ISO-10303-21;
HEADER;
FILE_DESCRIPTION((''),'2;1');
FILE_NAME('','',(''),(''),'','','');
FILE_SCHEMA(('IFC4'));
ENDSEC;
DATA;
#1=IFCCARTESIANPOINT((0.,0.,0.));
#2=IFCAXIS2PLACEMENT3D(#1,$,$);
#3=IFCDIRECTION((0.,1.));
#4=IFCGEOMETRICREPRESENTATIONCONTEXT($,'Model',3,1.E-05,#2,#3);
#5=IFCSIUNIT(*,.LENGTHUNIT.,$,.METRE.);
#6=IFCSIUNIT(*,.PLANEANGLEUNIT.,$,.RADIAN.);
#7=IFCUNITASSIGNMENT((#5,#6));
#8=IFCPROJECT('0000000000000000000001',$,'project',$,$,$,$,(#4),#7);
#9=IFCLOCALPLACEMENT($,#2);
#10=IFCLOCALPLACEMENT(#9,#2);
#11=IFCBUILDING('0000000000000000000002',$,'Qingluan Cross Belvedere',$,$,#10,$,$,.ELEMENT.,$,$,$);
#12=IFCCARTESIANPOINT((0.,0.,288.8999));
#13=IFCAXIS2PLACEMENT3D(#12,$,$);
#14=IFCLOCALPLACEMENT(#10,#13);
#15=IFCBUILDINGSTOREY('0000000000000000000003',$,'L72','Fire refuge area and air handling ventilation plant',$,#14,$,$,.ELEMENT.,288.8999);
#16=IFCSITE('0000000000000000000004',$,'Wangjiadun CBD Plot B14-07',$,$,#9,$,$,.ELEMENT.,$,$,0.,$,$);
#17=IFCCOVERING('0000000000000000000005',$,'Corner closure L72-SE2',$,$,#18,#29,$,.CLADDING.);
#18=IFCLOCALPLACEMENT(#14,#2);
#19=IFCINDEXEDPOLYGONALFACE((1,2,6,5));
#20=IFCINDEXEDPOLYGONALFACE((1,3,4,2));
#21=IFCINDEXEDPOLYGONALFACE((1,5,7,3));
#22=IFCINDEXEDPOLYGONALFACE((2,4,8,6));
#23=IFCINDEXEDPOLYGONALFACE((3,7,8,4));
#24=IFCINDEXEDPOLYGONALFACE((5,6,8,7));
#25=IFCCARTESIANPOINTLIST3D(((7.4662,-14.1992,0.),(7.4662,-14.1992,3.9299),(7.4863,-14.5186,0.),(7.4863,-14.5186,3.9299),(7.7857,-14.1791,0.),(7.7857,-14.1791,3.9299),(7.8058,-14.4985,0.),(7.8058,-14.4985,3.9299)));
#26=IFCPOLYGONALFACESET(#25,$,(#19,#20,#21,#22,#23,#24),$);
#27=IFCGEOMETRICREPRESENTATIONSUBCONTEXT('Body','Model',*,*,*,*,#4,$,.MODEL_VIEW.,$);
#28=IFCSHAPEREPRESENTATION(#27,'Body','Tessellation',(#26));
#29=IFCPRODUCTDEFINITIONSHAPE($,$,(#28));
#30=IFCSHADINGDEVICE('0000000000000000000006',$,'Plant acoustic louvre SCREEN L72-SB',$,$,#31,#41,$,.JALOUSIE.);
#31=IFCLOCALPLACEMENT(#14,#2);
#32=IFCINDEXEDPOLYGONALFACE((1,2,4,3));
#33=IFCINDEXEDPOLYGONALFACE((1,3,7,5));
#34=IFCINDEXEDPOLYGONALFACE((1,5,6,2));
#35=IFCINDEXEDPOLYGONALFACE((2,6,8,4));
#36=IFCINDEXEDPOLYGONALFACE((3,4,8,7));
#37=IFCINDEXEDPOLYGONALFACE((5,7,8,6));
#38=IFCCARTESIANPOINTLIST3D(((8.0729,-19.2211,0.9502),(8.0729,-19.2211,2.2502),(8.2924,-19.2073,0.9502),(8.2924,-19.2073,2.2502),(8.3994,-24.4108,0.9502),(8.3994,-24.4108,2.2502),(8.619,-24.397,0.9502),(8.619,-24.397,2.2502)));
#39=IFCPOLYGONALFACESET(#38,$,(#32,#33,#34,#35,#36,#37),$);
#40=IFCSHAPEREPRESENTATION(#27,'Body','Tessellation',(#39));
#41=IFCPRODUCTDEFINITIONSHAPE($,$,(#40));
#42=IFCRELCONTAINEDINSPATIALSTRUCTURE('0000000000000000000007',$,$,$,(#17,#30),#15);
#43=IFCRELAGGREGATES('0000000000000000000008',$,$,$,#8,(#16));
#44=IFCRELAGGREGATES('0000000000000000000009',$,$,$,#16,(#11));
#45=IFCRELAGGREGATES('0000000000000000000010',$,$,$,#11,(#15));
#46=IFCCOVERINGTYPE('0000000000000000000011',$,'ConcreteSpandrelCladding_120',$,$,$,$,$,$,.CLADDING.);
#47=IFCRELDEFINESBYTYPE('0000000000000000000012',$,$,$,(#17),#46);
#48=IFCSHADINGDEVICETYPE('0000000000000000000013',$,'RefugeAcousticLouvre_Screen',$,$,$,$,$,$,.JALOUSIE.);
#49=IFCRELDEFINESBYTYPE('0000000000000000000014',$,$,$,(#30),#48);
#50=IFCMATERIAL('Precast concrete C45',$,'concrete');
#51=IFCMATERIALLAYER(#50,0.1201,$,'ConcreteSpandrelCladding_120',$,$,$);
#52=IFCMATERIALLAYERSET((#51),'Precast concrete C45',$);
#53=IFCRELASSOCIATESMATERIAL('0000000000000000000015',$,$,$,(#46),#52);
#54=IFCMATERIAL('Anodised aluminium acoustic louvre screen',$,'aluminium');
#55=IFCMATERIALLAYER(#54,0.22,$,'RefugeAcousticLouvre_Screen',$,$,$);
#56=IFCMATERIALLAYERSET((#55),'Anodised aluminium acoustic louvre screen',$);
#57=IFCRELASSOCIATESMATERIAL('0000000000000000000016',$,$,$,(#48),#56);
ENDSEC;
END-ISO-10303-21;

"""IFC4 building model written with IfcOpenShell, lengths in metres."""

from ifc_helpers import new_model, si_unit, direction, frame, origin, origin_2d, place, context, subcontext, project, spatial, rectangle, extrude, material, layer, layer_set, type_object, element, save


model = new_model("IFC4")

# Units and contexts
model_context = context("Model", 3, precision=1e-05, world=origin(), true_north=direction((0.0, 1.0)))
body_context = subcontext(model_context, "Body", "Model", "MODEL_VIEW")
ifc_project = project(units=[si_unit("LENGTHUNIT", "METRE"), si_unit("PLANEANGLEUNIT", "RADIAN")], contexts=[model_context])

# Site, building, storey
site_placement = place(None, origin())
site = spatial("IfcSite", under=ifc_project, at=site_placement, Name="Wangjiadun CBD Plot B14-07", CompositionType="ELEMENT", RefElevation=0.0)
building_placement = place(site_placement, origin())
building = spatial("IfcBuilding", under=site, at=building_placement, Name="Qingluan Cross Belvedere", CompositionType="ELEMENT")
storey_placement = place(building_placement, frame((0.0, 0.0, 288.8999)))
storey = spatial("IfcBuildingStorey", under=building, at=storey_placement, Name="L72", Description="Fire refuge area and air handling ventilation plant", CompositionType="ELEMENT", Elevation=288.8999)

# Covering
ifc_material_1 = material(Name="Precast concrete C45", Category="concrete")
ifc_layer_1 = layer(ifc_material_1, 0.1201, Name="ConcreteSpandrelCladding_120")
ifc_layer_set_1 = layer_set([ifc_layer_1], Name="Precast concrete C45")
covering_type = type_object("IfcCoveringType", Name="ConcreteSpandrelCladding_120", PredefinedType="CLADDING", material=ifc_layer_set_1)
covering_placement = place(storey_placement, frame((7.636, -14.3489, 0.0), z_axis=(0.0, 0.0, 1.0), x_axis=(0.998027, 0.062791, 0.0)))
element("IfcCovering", 1, at=covering_placement, inside=storey, type_object=covering_type, Name="Corner closure L72-SE2", PredefinedType="CLADDING", context=body_context, shape_type="SweptSolid", body=[
    extrude(rectangle(XDim=0.3201, YDim=0.3201, at=origin_2d()), origin(), (0.0, 0.0, 1.0), 3.9299),
])

# Shading device
ifc_material_2 = material(Name="Anodised aluminium acoustic louvre screen", Category="aluminium")
ifc_layer_2 = layer(ifc_material_2, 0.22, Name="RefugeAcousticLouvre_Screen")
ifc_layer_set_2 = layer_set([ifc_layer_2], Name="Anodised aluminium acoustic louvre screen")
shading_device_type = type_object("IfcShadingDeviceType", Name="RefugeAcousticLouvre_Screen", PredefinedType="JALOUSIE", material=ifc_layer_set_2)
shading_device_placement = place(storey_placement, frame((8.3459, -21.8091, 0.9502), z_axis=(0.0, 0.0, 1.0), x_axis=(-0.062796, 0.998026, 0.0)))
element("IfcShadingDevice", 2, at=shading_device_placement, inside=storey, type_object=shading_device_type, Name="Plant acoustic louvre SCREEN L72-SB", PredefinedType="JALOUSIE", context=body_context, shape_type="SweptSolid", body=[
    extrude(rectangle(XDim=5.2, YDim=0.22, at=origin_2d()), origin(), (0.0, 0.0, 1.0), 1.3),
])

save(model, "model.ifc")
